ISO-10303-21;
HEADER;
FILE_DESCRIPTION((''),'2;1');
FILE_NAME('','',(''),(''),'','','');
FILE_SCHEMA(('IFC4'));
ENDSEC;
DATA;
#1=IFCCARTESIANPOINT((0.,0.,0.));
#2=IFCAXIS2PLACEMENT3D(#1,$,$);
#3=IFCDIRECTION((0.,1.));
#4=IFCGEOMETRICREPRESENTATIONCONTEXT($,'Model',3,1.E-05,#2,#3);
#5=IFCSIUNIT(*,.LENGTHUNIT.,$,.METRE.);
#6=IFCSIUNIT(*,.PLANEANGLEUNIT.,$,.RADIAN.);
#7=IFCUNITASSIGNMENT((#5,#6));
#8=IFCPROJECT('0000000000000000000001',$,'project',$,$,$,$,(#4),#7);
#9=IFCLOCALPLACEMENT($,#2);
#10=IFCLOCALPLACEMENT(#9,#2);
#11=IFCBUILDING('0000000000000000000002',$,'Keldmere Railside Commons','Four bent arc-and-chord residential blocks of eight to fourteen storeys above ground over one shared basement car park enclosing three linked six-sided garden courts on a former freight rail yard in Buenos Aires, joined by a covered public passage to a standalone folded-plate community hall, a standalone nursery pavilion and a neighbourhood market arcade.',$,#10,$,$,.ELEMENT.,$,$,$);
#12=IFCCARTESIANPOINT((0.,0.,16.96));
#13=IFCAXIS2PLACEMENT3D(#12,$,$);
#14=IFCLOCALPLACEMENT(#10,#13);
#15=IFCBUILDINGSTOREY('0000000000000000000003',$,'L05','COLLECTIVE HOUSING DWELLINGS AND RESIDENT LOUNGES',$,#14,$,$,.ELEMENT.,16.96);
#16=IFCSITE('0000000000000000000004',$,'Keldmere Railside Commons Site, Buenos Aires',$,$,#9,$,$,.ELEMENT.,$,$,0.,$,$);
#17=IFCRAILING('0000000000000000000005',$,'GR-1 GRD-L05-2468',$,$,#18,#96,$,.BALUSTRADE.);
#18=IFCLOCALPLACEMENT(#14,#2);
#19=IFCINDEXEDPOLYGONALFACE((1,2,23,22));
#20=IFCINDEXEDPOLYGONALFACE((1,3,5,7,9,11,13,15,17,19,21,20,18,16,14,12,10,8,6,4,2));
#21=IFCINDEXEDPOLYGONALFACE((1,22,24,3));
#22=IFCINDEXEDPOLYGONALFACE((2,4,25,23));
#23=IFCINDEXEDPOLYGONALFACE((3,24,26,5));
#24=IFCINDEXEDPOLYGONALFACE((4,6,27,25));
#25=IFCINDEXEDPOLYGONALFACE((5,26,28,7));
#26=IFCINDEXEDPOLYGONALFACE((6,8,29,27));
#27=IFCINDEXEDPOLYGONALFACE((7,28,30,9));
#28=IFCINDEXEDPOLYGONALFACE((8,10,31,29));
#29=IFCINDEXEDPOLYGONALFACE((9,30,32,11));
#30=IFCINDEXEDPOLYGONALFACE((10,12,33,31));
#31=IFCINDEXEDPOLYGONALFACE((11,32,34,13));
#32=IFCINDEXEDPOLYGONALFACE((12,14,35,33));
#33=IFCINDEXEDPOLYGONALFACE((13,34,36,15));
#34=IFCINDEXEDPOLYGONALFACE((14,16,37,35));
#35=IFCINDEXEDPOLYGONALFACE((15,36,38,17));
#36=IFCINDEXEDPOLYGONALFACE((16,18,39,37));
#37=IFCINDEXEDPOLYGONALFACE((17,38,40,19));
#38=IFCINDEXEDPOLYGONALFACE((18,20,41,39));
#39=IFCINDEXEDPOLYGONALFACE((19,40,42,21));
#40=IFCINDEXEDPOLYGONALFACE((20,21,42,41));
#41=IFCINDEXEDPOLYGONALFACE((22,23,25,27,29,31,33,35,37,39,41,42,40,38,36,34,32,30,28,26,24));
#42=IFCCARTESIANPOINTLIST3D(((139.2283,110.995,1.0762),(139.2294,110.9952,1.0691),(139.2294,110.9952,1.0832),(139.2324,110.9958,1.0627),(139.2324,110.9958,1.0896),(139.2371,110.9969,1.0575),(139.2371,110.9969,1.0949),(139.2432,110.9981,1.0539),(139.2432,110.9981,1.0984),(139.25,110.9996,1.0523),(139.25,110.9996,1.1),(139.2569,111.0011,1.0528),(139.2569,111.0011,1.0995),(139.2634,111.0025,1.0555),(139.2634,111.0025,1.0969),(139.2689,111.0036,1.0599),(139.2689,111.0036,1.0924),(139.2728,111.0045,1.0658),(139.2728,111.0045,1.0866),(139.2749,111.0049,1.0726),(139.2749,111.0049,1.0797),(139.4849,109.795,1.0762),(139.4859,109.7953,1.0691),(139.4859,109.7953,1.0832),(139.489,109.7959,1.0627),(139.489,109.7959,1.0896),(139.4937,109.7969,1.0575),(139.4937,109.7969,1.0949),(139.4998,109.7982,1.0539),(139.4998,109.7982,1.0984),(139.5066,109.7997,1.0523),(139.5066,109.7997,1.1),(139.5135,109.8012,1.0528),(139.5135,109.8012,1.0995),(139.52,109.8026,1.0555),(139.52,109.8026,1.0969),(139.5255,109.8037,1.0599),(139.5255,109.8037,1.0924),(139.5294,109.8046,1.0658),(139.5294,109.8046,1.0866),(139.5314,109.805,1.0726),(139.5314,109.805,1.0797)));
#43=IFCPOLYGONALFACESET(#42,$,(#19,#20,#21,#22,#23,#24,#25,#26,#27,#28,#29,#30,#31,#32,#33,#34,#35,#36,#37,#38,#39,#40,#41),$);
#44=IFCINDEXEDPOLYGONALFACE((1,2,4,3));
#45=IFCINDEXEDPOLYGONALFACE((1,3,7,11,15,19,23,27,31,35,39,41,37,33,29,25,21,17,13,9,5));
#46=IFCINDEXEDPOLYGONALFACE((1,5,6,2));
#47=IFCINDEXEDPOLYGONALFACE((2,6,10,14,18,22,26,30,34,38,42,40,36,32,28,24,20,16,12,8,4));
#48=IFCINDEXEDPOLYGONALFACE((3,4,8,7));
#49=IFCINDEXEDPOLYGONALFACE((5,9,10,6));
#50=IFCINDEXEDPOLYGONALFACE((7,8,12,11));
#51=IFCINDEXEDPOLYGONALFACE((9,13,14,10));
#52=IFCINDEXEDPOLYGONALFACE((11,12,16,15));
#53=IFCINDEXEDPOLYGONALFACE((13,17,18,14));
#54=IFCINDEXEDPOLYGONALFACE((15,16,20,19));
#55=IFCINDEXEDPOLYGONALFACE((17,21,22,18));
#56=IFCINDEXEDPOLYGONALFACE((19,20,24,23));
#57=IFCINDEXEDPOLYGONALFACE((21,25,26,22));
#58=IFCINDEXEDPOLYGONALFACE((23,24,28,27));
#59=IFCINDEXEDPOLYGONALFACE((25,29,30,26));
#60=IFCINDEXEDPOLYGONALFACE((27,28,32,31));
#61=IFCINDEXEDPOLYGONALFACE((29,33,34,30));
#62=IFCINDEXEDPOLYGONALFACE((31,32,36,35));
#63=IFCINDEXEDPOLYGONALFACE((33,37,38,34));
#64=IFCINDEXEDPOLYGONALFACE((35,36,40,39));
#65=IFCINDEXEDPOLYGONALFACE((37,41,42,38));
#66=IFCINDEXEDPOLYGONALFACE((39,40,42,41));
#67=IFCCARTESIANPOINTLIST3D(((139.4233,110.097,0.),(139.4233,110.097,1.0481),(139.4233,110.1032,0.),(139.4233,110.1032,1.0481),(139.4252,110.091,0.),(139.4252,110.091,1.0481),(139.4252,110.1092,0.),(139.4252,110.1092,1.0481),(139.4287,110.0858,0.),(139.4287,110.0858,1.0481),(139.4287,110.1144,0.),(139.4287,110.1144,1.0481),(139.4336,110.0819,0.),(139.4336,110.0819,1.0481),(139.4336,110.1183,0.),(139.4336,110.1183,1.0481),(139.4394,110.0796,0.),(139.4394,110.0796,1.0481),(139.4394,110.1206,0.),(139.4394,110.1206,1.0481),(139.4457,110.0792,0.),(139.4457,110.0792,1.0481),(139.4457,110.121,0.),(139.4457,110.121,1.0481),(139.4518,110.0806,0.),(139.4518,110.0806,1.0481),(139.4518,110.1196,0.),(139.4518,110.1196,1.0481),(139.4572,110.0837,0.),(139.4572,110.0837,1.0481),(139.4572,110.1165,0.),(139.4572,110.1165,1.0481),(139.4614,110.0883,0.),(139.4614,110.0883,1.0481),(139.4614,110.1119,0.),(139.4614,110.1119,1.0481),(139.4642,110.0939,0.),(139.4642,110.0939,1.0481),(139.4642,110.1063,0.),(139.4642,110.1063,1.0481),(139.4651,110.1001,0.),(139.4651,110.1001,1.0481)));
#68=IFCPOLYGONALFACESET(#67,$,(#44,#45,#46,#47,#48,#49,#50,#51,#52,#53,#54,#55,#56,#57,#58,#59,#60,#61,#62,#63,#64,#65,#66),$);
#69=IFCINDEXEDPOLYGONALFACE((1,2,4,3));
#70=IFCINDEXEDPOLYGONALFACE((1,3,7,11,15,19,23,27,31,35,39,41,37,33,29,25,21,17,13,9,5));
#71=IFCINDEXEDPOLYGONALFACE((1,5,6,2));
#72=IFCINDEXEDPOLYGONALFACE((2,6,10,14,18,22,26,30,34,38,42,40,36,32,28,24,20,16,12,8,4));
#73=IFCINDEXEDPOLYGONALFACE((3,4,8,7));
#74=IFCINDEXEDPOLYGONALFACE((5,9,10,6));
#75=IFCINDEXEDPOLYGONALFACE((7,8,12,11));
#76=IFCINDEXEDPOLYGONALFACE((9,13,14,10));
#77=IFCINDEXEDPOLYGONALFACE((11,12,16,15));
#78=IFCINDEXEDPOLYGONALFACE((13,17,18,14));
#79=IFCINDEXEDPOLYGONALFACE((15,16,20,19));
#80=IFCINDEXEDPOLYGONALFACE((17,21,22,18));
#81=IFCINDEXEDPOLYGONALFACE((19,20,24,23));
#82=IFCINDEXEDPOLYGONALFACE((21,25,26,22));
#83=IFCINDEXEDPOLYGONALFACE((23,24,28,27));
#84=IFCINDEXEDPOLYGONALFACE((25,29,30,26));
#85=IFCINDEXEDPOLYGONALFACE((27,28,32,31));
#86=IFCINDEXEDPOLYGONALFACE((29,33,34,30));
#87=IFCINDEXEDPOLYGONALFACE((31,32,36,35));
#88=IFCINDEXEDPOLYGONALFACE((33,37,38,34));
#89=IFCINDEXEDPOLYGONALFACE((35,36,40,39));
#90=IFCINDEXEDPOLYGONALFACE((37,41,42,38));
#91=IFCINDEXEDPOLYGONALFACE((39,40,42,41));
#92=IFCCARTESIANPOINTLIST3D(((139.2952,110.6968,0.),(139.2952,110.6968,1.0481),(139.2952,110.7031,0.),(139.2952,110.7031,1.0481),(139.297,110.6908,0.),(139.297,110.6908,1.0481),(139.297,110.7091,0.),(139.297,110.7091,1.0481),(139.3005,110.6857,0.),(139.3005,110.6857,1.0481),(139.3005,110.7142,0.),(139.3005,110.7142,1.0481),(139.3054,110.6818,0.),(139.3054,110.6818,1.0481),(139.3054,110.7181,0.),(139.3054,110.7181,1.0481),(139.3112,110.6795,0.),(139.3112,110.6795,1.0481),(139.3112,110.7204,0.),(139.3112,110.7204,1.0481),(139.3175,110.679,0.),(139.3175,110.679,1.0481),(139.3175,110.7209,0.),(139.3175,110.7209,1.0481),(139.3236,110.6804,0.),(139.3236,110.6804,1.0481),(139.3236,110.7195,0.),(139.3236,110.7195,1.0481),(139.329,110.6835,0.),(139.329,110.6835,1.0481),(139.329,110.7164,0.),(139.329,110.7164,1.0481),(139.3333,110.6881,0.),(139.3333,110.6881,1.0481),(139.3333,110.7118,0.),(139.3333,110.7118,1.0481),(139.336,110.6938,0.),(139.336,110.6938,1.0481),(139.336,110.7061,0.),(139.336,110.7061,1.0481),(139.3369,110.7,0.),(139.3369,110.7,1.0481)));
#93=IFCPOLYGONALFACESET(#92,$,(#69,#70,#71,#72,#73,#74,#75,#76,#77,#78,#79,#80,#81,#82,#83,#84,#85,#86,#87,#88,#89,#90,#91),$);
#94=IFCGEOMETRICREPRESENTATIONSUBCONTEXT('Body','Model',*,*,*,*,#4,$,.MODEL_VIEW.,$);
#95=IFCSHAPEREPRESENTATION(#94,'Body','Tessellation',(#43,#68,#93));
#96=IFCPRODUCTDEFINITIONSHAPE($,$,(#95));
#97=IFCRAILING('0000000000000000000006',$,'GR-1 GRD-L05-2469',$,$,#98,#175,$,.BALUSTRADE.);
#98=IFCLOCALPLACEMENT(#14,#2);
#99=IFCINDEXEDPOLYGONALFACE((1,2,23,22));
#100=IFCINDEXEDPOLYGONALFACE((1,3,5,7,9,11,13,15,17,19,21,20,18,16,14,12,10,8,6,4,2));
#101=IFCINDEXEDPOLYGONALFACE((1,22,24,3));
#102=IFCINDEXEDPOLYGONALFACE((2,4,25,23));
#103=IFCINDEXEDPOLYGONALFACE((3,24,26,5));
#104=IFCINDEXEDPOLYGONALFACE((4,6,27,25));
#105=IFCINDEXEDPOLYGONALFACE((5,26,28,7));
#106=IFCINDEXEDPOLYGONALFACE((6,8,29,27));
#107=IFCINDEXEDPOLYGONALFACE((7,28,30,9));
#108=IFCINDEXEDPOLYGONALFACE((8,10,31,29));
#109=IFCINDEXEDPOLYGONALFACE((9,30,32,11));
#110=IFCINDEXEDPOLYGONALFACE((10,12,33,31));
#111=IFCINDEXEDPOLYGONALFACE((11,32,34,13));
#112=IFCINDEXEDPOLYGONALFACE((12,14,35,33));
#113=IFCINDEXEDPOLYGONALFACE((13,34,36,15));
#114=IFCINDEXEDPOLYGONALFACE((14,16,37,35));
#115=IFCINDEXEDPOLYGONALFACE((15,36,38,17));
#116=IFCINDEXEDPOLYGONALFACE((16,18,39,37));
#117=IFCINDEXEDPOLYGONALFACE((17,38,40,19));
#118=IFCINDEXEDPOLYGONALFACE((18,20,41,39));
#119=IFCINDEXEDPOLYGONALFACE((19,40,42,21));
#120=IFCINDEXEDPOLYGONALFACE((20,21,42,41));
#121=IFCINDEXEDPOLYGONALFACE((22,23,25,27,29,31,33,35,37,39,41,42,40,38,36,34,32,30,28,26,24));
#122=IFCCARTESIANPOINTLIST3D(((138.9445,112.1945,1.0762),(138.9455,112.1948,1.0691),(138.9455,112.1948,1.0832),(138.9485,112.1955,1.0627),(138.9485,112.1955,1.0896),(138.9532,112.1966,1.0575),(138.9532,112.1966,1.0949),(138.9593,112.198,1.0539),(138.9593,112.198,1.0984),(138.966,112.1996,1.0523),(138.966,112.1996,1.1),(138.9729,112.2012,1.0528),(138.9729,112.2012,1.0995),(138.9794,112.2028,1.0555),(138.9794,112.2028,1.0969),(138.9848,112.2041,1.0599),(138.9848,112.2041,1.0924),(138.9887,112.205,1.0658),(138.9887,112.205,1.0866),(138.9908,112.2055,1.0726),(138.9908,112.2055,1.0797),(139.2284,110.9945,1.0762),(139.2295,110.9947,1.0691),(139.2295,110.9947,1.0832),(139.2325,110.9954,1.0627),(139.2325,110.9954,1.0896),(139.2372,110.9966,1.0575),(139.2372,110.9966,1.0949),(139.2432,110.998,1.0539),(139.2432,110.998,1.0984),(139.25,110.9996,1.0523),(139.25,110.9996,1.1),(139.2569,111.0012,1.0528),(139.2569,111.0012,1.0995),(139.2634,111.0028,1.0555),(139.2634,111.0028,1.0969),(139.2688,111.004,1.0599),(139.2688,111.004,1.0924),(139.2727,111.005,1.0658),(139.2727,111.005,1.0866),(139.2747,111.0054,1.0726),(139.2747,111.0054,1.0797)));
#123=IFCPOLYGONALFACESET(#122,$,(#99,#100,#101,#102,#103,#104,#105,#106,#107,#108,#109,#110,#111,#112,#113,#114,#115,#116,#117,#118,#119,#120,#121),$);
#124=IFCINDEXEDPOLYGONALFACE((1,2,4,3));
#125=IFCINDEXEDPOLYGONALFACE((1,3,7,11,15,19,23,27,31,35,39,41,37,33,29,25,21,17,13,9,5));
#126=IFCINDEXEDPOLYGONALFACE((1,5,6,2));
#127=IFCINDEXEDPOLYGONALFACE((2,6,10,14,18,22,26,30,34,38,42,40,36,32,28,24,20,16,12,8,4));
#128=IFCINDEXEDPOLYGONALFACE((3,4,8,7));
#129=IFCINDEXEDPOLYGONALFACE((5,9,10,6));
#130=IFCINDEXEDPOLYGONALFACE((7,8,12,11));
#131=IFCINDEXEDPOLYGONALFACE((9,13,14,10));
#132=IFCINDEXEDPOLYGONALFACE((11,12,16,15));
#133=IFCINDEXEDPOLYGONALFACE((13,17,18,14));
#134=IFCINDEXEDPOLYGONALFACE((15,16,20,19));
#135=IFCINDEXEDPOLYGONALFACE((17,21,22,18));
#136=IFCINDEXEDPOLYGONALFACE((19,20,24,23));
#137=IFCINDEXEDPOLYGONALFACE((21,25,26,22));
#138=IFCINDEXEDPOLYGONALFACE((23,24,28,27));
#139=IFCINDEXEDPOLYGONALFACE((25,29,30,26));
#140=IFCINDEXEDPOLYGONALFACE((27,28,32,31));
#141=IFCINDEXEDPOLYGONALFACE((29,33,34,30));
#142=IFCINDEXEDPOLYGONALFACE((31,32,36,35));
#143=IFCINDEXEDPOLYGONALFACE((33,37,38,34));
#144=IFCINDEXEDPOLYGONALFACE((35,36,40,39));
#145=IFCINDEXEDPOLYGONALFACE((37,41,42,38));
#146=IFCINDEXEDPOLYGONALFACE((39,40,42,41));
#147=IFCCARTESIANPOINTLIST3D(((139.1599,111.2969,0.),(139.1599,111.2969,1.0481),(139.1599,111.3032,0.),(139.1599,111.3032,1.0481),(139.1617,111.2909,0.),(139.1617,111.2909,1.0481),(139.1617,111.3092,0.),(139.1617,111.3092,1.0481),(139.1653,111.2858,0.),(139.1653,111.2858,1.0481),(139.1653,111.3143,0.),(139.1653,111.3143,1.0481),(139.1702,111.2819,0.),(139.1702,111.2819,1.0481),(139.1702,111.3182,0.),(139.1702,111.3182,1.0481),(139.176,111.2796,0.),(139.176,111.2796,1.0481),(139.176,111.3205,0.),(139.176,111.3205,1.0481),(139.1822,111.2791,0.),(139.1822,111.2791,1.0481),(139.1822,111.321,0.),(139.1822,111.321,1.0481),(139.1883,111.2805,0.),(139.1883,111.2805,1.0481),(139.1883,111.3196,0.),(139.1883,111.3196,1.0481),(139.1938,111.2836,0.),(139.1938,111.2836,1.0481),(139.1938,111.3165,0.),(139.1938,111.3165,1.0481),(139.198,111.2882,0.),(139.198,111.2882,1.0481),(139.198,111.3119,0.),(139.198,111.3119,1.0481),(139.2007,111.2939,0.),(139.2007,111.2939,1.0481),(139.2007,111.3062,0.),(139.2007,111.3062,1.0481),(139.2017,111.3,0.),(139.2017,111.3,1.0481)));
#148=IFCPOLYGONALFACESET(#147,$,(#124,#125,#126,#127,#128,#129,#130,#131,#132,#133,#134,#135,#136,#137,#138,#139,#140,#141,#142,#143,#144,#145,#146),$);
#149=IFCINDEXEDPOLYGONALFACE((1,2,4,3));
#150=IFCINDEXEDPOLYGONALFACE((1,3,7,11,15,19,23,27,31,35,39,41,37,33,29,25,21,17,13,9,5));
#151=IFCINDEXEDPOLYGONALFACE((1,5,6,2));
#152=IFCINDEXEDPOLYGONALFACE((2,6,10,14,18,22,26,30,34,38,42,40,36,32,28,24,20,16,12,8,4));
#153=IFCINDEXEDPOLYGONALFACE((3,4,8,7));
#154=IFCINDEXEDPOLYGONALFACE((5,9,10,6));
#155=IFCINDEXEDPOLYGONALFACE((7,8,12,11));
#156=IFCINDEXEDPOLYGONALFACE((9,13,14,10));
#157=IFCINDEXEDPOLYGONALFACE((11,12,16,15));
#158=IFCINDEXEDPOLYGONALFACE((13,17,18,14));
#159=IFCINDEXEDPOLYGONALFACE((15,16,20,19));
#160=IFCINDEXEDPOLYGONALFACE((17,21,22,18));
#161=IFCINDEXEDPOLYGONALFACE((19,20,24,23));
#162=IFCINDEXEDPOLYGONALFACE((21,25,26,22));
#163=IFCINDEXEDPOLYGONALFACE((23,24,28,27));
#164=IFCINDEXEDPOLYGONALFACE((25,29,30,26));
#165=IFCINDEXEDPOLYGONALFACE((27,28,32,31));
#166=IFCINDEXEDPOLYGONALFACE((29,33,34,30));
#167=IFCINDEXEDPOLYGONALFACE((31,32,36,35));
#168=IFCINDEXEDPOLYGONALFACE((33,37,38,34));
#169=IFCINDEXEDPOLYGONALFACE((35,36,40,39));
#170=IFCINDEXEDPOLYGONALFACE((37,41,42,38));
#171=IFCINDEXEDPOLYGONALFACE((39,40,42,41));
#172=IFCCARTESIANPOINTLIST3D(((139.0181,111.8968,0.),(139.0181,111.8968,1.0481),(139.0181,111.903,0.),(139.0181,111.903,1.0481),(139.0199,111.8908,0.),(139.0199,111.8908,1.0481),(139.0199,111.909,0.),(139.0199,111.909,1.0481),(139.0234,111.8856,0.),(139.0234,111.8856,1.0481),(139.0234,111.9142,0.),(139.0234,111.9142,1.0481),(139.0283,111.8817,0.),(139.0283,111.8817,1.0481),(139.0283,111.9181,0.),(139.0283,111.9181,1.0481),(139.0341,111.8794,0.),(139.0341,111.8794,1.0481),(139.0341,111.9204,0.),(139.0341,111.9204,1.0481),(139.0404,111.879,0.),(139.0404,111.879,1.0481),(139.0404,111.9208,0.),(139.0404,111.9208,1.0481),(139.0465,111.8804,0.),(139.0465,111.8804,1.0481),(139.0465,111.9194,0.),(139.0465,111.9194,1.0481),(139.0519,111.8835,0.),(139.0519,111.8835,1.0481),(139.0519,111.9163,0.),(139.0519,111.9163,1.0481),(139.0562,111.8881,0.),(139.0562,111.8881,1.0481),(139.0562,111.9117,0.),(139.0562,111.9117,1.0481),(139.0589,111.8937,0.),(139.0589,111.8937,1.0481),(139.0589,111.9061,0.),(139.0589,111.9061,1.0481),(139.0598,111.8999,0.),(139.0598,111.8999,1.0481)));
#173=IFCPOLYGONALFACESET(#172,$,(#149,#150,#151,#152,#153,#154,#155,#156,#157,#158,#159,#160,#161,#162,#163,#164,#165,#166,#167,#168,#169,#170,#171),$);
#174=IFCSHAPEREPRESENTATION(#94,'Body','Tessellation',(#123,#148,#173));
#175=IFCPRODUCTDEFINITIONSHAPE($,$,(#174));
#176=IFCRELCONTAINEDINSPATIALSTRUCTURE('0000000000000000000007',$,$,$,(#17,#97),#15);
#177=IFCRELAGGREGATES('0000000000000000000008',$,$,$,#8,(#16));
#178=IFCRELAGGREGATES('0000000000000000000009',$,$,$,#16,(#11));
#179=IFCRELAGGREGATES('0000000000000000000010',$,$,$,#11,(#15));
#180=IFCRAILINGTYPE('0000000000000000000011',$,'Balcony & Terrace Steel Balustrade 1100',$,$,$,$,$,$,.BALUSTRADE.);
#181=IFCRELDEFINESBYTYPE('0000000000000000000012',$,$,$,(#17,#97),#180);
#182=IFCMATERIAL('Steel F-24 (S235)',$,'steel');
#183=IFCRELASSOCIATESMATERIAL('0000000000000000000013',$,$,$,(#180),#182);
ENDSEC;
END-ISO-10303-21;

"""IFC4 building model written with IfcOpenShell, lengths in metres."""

from ifc_helpers import new_model, si_unit, direction, frame, origin, origin_2d, place, context, subcontext, project, spatial, circle, extrude, material, type_object, element, save


model = new_model("IFC4")

# Units and contexts
model_context = context("Model", 3, precision=1e-05, world=origin(), true_north=direction((0.0, 1.0)))
body_context = subcontext(model_context, "Body", "Model", "MODEL_VIEW")
ifc_project = project(units=[si_unit("LENGTHUNIT", "METRE"), si_unit("PLANEANGLEUNIT", "RADIAN")], contexts=[model_context])

# Site, building, storey
site_placement = place(None, origin())
site = spatial("IfcSite", under=ifc_project, at=site_placement, Name="Keldmere Railside Commons Site, Buenos Aires", CompositionType="ELEMENT", RefElevation=0.0)
building_placement = place(site_placement, origin())
building = spatial("IfcBuilding", under=site, at=building_placement, Name="Keldmere Railside Commons", Description="Four bent arc-and-chord residential blocks of eight to fourteen storeys above ground over one shared basement car park enclosing three linked six-sided garden courts on a former freight rail yard in Buenos Aires, joined by a covered public passage to a standalone folded-plate community hall, a standalone nursery pavilion and a neighbourhood market arcade.", CompositionType="ELEMENT")
storey_placement = place(building_placement, frame((0.0, 0.0, 16.96)))
storey = spatial("IfcBuildingStorey", under=building, at=storey_placement, Name="L05", Description="COLLECTIVE HOUSING DWELLINGS AND RESIDENT LOUNGES", CompositionType="ELEMENT", Elevation=16.96)

# Shared definitions
ifc_material_1 = material(Name="Steel F-24 (S235)", Category="steel")

# Railings
railing_type = type_object("IfcRailingType", Name="Balcony & Terrace Steel Balustrade 1100", PredefinedType="BALUSTRADE", material=ifc_material_1)
railing_1_placement = place(storey_placement, frame((139.5083, 109.8, 0.0)))
element("IfcRailing", 1, at=railing_1_placement, inside=storey, type_object=railing_type, Name="GR-1 GRD-L05-2468", PredefinedType="BALUSTRADE", context=body_context, shape_type="SweptSolid", body=[
    extrude(circle(Radius=0.0239, at=origin_2d()), frame((0.0, 0.0, 1.0762), z_axis=(-0.209108, 0.977893, 0.0), x_axis=(-0.977893, -0.209108, 0.0)), (0.0, 0.0, 1.0), 1.2271),
    extrude(circle(Radius=0.021, at=origin_2d()), frame((-0.0642, 0.3, 0.0)), (0.0, 0.0, 1.0), 1.0481),
    extrude(circle(Radius=0.021, at=origin_2d()), frame((-0.1924, 0.8999, 0.0)), (0.0, 0.0, 1.0), 1.0481),
])
railing_2_placement = place(storey_placement, frame((139.2517, 111.0, 0.0)))
element("IfcRailing", 2, at=railing_2_placement, inside=storey, type_object=railing_type, Name="GR-1 GRD-L05-2469", PredefinedType="BALUSTRADE", context=body_context, shape_type="SweptSolid", body=[
    extrude(circle(Radius=0.0239, at=origin_2d()), frame((0.0, 0.0, 1.0762), z_axis=(-0.230264, 0.973128, 0.0), x_axis=(-0.973128, -0.230264, 0.0)), (0.0, 0.0, 1.0), 1.2332),
    extrude(circle(Radius=0.021, at=origin_2d()), frame((-0.071, 0.3, 0.0)), (0.0, 0.0, 1.0), 1.0481),
    extrude(circle(Radius=0.021, at=origin_2d()), frame((-0.2129, 0.8999, 0.0)), (0.0, 0.0, 1.0), 1.0481),
])

save(model, "model.ifc")
